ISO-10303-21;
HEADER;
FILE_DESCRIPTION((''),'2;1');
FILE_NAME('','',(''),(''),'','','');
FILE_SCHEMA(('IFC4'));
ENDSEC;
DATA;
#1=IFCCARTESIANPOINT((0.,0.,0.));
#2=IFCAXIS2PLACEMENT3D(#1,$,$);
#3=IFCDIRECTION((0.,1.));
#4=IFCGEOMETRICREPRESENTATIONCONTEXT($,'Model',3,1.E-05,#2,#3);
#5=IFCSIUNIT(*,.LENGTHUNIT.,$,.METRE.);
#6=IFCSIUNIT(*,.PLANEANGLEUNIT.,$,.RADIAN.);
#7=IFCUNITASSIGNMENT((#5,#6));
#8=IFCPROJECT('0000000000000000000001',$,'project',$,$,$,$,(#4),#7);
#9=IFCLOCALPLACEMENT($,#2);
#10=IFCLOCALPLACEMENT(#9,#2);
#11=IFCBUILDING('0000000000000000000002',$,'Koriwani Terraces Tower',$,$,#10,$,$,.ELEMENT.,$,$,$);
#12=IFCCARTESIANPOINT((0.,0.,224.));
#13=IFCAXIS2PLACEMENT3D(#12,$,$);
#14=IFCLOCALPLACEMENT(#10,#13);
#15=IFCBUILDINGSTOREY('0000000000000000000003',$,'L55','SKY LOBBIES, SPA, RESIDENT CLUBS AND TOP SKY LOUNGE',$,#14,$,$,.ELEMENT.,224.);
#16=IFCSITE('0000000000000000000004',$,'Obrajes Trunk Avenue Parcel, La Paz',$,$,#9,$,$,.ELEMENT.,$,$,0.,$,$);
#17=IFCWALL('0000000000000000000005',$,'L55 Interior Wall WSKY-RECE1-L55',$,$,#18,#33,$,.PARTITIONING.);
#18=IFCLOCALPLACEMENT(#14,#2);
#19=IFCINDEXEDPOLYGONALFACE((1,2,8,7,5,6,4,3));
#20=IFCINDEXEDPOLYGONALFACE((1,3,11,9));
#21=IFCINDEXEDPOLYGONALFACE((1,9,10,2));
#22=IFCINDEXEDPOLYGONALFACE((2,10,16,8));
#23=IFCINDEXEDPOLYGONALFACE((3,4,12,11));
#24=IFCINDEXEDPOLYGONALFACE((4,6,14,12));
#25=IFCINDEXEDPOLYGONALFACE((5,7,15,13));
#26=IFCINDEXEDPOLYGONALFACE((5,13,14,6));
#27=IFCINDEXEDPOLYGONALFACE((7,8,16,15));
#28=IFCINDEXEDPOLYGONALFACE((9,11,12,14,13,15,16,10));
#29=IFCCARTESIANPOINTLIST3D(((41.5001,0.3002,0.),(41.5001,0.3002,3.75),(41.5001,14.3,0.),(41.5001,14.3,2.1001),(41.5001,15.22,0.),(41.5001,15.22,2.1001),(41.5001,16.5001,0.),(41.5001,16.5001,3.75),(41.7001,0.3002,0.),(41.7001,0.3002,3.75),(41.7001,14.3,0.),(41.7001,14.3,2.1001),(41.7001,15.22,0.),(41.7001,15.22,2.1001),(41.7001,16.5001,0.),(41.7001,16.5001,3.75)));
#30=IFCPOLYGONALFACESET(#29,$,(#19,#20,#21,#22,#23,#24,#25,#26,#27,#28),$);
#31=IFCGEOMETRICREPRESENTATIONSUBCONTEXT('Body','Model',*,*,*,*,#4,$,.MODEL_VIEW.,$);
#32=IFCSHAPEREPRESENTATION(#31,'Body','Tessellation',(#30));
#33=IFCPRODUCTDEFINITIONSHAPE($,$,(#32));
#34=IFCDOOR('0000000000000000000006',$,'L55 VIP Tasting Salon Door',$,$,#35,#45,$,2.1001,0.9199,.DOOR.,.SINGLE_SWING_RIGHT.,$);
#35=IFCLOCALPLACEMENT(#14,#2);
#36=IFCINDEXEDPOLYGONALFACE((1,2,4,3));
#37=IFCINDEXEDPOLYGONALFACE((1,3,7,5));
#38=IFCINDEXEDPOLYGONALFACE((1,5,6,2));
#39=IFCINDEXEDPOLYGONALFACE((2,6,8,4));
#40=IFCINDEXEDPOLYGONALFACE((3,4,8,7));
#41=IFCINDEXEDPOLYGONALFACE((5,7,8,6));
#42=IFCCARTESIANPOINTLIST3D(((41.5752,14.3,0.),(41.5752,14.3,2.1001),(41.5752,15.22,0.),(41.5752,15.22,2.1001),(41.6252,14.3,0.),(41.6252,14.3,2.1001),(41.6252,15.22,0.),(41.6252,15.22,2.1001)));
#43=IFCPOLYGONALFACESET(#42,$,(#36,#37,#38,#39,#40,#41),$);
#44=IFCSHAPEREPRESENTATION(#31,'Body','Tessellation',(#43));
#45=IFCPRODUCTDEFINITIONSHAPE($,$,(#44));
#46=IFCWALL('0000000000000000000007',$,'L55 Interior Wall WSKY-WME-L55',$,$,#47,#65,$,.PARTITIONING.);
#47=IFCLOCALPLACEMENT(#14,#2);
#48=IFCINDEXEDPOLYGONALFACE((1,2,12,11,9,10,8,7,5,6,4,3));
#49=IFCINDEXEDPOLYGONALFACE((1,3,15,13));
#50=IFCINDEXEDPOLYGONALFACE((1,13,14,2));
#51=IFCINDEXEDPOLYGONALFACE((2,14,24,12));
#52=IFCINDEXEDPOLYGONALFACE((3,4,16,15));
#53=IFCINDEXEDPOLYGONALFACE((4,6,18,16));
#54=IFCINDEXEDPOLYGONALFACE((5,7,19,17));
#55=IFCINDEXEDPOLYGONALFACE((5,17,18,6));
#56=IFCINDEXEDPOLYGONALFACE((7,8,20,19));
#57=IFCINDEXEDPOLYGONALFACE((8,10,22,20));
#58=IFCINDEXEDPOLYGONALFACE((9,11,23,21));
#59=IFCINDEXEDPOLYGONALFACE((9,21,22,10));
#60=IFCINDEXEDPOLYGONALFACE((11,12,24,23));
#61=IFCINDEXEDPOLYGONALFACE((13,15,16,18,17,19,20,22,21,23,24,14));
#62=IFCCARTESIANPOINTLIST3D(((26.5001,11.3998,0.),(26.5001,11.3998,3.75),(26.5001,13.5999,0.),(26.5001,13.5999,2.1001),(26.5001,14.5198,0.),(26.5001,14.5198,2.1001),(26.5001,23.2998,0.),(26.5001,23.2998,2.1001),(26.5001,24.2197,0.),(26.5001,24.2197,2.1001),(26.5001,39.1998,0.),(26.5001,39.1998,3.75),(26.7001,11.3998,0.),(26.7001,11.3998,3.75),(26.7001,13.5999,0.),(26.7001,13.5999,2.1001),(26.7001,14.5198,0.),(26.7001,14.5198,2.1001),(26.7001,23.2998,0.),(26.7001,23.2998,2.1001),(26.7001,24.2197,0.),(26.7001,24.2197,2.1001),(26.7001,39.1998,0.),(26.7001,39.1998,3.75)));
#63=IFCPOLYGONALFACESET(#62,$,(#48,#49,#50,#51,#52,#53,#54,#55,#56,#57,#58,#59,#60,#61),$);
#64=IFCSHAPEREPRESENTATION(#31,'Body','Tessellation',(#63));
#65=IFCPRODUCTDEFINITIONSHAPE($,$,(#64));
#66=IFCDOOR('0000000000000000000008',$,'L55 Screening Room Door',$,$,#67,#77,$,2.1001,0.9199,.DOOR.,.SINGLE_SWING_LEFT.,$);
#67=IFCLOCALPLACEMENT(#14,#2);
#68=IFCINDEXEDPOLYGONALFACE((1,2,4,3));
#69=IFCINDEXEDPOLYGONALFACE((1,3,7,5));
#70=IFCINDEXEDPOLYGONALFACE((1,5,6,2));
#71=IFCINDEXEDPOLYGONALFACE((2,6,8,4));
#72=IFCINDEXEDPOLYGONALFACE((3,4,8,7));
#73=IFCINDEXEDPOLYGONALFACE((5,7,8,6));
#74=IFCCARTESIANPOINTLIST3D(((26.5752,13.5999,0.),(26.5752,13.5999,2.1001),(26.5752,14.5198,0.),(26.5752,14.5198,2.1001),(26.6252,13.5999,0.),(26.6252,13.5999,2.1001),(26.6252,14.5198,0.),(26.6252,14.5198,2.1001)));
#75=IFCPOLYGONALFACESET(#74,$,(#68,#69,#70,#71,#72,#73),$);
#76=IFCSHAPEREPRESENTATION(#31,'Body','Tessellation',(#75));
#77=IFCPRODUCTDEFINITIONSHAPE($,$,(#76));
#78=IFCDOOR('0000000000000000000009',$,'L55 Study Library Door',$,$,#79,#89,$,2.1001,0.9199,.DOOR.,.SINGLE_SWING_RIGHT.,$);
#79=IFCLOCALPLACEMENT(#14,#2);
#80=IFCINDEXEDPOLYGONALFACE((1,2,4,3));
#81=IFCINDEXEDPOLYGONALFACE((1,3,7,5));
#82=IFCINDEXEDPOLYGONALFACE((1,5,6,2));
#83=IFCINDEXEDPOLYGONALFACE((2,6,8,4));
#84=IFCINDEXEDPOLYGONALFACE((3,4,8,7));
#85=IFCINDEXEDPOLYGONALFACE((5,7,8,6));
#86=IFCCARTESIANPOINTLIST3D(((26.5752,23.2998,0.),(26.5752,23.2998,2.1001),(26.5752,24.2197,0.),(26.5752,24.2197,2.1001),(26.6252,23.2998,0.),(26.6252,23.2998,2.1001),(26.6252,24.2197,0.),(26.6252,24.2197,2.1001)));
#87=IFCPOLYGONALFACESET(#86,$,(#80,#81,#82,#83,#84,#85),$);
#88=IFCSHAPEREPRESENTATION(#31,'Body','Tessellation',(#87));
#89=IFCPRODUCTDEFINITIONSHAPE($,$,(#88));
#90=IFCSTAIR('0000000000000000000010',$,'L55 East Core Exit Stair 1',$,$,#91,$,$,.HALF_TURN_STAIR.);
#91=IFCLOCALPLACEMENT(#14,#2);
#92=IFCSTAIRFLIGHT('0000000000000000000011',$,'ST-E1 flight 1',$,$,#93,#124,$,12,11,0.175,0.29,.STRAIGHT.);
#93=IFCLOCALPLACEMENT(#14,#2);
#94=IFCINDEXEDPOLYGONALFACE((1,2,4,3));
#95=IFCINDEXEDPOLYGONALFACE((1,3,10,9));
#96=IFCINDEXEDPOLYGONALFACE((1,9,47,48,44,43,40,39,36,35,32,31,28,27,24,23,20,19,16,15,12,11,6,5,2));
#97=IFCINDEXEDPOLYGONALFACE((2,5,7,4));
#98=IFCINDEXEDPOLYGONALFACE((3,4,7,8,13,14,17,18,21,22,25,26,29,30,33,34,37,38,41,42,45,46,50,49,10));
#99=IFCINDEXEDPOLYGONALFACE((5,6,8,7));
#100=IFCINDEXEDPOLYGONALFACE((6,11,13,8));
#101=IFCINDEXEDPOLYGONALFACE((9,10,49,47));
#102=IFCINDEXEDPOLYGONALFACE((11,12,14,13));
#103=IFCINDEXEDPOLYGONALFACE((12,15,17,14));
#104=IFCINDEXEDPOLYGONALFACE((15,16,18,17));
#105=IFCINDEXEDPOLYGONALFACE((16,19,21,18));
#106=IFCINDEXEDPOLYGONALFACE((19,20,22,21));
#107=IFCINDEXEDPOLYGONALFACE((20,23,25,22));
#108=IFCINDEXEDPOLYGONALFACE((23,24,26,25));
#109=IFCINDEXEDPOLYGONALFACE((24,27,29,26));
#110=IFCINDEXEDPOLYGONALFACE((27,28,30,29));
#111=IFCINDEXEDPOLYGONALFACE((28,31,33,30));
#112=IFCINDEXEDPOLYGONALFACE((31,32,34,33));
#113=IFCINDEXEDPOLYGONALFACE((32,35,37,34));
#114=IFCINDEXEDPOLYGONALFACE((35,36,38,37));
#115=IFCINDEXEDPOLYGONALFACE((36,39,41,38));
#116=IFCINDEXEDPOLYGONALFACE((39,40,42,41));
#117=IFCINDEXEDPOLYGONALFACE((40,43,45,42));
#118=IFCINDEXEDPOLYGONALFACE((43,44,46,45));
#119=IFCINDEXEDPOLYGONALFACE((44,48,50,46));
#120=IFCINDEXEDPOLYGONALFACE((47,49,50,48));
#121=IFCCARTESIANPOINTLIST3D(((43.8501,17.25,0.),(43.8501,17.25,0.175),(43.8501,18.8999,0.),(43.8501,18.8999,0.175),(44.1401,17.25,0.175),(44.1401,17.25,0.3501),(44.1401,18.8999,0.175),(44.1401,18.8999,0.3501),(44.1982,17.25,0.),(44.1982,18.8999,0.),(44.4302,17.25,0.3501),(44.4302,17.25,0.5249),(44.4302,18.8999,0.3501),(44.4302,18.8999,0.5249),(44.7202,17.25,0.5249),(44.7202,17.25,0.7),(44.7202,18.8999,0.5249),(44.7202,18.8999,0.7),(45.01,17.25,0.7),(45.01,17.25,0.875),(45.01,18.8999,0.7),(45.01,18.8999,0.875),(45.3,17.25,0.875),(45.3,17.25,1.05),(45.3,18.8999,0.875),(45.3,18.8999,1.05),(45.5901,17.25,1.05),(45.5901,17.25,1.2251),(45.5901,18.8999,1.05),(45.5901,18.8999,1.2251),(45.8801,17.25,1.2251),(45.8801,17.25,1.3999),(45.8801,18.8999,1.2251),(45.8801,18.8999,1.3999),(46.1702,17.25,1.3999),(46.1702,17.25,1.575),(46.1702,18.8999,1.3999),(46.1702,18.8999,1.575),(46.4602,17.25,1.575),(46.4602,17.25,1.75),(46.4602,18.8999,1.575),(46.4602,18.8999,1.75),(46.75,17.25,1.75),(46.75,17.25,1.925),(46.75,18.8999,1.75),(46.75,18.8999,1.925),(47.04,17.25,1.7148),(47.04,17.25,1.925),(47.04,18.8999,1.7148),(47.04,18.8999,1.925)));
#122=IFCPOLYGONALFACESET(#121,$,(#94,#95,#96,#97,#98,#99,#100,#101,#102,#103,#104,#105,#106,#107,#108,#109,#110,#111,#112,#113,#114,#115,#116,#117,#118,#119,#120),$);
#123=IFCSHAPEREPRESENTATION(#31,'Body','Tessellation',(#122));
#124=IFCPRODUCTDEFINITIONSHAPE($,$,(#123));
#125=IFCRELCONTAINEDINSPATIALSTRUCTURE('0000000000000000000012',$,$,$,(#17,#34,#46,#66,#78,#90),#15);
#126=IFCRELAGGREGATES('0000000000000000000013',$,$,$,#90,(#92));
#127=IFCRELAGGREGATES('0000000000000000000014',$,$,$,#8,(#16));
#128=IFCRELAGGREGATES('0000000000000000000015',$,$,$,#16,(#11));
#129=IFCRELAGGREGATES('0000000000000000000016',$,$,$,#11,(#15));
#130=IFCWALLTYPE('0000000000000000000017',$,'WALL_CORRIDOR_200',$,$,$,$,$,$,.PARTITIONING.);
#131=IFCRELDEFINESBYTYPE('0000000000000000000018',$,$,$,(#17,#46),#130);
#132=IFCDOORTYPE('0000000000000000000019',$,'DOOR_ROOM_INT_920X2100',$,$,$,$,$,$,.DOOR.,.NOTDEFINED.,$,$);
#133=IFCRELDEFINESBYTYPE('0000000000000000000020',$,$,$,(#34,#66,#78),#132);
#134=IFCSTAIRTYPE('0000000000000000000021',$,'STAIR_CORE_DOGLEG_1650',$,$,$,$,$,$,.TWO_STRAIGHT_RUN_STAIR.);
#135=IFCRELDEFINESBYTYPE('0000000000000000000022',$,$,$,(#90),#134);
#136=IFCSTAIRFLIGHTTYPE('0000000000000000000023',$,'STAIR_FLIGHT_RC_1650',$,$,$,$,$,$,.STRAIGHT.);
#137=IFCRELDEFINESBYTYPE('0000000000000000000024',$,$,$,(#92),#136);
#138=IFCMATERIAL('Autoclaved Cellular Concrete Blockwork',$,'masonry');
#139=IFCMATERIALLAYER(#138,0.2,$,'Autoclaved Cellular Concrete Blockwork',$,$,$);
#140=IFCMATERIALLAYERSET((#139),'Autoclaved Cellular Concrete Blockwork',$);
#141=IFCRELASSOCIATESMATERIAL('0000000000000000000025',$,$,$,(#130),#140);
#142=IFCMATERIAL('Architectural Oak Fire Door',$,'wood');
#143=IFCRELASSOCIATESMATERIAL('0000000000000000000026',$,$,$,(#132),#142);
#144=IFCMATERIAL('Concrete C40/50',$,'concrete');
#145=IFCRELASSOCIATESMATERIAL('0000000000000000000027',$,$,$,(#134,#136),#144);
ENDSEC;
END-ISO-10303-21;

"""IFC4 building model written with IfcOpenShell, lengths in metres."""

from ifc_helpers import new_model, si_unit, direction, frame, frame_2d, origin, place, context, subcontext, project, spatial, polyline, rectangle, outline, extrude, material, layer, layer_set, type_object, element, fill, aggregate, save


model = new_model("IFC4")

# Units and contexts
model_context = context("Model", 3, precision=1e-05, world=origin(), true_north=direction((0.0, 1.0)))
body_context = subcontext(model_context, "Body", "Model", "MODEL_VIEW")
ifc_project = project(units=[si_unit("LENGTHUNIT", "METRE"), si_unit("PLANEANGLEUNIT", "RADIAN")], contexts=[model_context])

# Site, building, storey
site_placement = place(None, origin())
site = spatial("IfcSite", under=ifc_project, at=site_placement, Name="Obrajes Trunk Avenue Parcel, La Paz", CompositionType="ELEMENT", RefElevation=0.0)
building_placement = place(site_placement, origin())
building = spatial("IfcBuilding", under=site, at=building_placement, Name="Koriwani Terraces Tower", CompositionType="ELEMENT")
storey_placement = place(building_placement, frame((0.0, 0.0, 224.0)))
storey = spatial("IfcBuildingStorey", under=building, at=storey_placement, Name="L55", Description="SKY LOBBIES, SPA, RESIDENT CLUBS AND TOP SKY LOUNGE", CompositionType="ELEMENT", Elevation=224.0)

# Shared definitions
ifc_material_1 = material(Name="Concrete C40/50", Category="concrete")

# Wall, opening, door
ifc_material_2 = material(Name="Autoclaved Cellular Concrete Blockwork", Category="masonry")
ifc_layer_1 = layer(ifc_material_2, 0.2, Name="Autoclaved Cellular Concrete Blockwork")
ifc_layer_set_1 = layer_set([ifc_layer_1], Name="Autoclaved Cellular Concrete Blockwork")
wall_type_1 = type_object("IfcWallType", Name="WALL_CORRIDOR_200", PredefinedType="PARTITIONING", material=ifc_layer_set_1)
wall_1_placement = place(storey_placement, frame((41.6001, 0.3, 0.0), z_axis=(0.0, 0.0, 1.0), x_axis=(0.0, 1.0, 0.0)))
wall_1 = element("IfcWall", 1, at=wall_1_placement, inside=storey, type_object=wall_type_1, Name="L55 Interior Wall WSKY-RECE1-L55", PredefinedType="PARTITIONING", context=body_context, shape_type="SweptSolid", body=[
    extrude(rectangle(XDim=16.2, YDim=0.2, at=frame_2d((8.1001, 0.0))), origin(), (0.0, 0.0, 1.0), 3.75),
])
opening_1_placement = place(wall_1_placement, frame((14.0, 0.0, 0.0)))
opening_1 = element("IfcOpeningElement", 2, at=opening_1_placement, cuts=wall_1, PredefinedType="OPENING", context=body_context, shape_type="SweptSolid", body=[
    extrude(rectangle(XDim=0.9199, YDim=2.1001, at=frame_2d((0.46, 1.05))), frame((0.0, 0.1099, 0.0), z_axis=(0.0, -1.0, 0.0), x_axis=(1.0, 0.0, 0.0)), (0.0, 0.0, 1.0), 0.22),
])
ifc_material_3 = material(Name="Architectural Oak Fire Door", Category="wood")
door_type_1 = type_object("IfcDoorType", Name="DOOR_ROOM_INT_920X2100", OperationType="NOTDEFINED", PredefinedType="DOOR", material=ifc_material_3)
door_1_placement = place(opening_1_placement, origin())
door_1 = element("IfcDoor", 3, at=door_1_placement, inside=storey, type_object=door_type_1, Name="L55 VIP Tasting Salon Door", OperationType="SINGLE_SWING_RIGHT", OverallHeight=2.1001, OverallWidth=0.9199, PredefinedType="DOOR", context=body_context, shape_type="SweptSolid", body=[
    extrude(rectangle(XDim=0.9199, YDim=2.1001, at=frame_2d((0.46, 1.05))), frame((0.0, 0.0249, 0.0), z_axis=(0.0, -1.0, 0.0), x_axis=(1.0, 0.0, 0.0)), (0.0, 0.0, 1.0), 0.05),
])
fill(opening_1, door_1)

# Wall, openings, doors
wall_2_placement = place(storey_placement, frame((26.6001, 11.3999, 0.0), z_axis=(0.0, 0.0, 1.0), x_axis=(0.0, 1.0, 0.0)))
wall_2 = element("IfcWall", 4, at=wall_2_placement, inside=storey, type_object=wall_type_1, Name="L55 Interior Wall WSKY-WME-L55", PredefinedType="PARTITIONING", context=body_context, shape_type="SweptSolid", body=[
    extrude(rectangle(XDim=27.8, YDim=0.2, at=frame_2d((13.8999, 0.0))), origin(), (0.0, 0.0, 1.0), 3.75),
])
opening_2_placement = place(wall_2_placement, frame((2.2, 0.0, 0.0)))
opening_2 = element("IfcOpeningElement", 5, at=opening_2_placement, cuts=wall_2, PredefinedType="OPENING", context=body_context, shape_type="SweptSolid", body=[
    extrude(rectangle(XDim=0.9199, YDim=2.1001, at=frame_2d((0.46, 1.05))), frame((0.0, 0.1099, 0.0), z_axis=(0.0, -1.0, 0.0), x_axis=(1.0, 0.0, 0.0)), (0.0, 0.0, 1.0), 0.22),
])
opening_3_placement = place(wall_2_placement, frame((11.8999, 0.0, 0.0)))
opening_3 = element("IfcOpeningElement", 6, at=opening_3_placement, cuts=wall_2, PredefinedType="OPENING", context=body_context, shape_type="SweptSolid", body=[
    extrude(rectangle(XDim=0.9199, YDim=2.1001, at=frame_2d((0.46, 1.05))), frame((0.0, 0.1099, 0.0), z_axis=(0.0, -1.0, 0.0), x_axis=(1.0, 0.0, 0.0)), (0.0, 0.0, 1.0), 0.22),
])
door_2_placement = place(opening_2_placement, origin())
door_2 = element("IfcDoor", 7, at=door_2_placement, inside=storey, type_object=door_type_1, Name="L55 Screening Room Door", OperationType="SINGLE_SWING_LEFT", OverallHeight=2.1001, OverallWidth=0.9199, PredefinedType="DOOR", context=body_context, shape_type="SweptSolid", body=[
    extrude(rectangle(XDim=0.9199, YDim=2.1001, at=frame_2d((0.46, 1.05))), frame((0.0, 0.0249, 0.0), z_axis=(0.0, -1.0, 0.0), x_axis=(1.0, 0.0, 0.0)), (0.0, 0.0, 1.0), 0.05),
])
fill(opening_2, door_2)
door_3_placement = place(opening_3_placement, origin())
door_3 = element("IfcDoor", 8, at=door_3_placement, inside=storey, type_object=door_type_1, Name="L55 Study Library Door", OperationType="SINGLE_SWING_RIGHT", OverallHeight=2.1001, OverallWidth=0.9199, PredefinedType="DOOR", context=body_context, shape_type="SweptSolid", body=[
    extrude(rectangle(XDim=0.9199, YDim=2.1001, at=frame_2d((0.46, 1.05))), frame((0.0, 0.0249, 0.0), z_axis=(0.0, -1.0, 0.0), x_axis=(1.0, 0.0, 0.0)), (0.0, 0.0, 1.0), 0.05),
])
fill(opening_3, door_3)

# Stair, stair flight
stair_type = type_object("IfcStairType", Name="STAIR_CORE_DOGLEG_1650", PredefinedType="TWO_STRAIGHT_RUN_STAIR", material=ifc_material_1)
stair_placement = place(storey_placement, origin())
stair = element("IfcStair", 9, at=stair_placement, inside=storey, type_object=stair_type, Name="L55 East Core Exit Stair 1", PredefinedType="HALF_TURN_STAIR")
stair_flight_type = type_object("IfcStairFlightType", Name="STAIR_FLIGHT_RC_1650", PredefinedType="STRAIGHT", material=ifc_material_1)
stair_flight_placement = place(storey_placement, frame((43.8501, 18.075, 0.0), z_axis=(0.0, 0.0, 1.0), x_axis=(1.0, 0.0, 0.0)))
stair_flight = element("IfcStairFlight", 10, at=stair_flight_placement, type_object=stair_flight_type, Name="ST-E1 flight 1", NumberOfRisers=12, NumberOfTreads=11, PredefinedType="STRAIGHT", RiserHeight=0.175, TreadLength=0.29, context=body_context, shape_type="SweptSolid", body=[
    extrude(outline(polyline([(0.0, 0.0), (0.0, 0.175), (0.29, 0.175), (0.29, 0.3501), (0.5801, 0.3501), (0.5801, 0.5249), (0.8701, 0.5249), (0.8701, 0.7), (1.1599, 0.7), (1.1599, 0.875), (1.45, 0.875), (1.45, 1.05), (1.74, 1.05), (1.74, 1.2251), (2.03, 1.2251), (2.03, 1.3999), (2.3201, 1.3999), (2.3201, 1.575), (2.6101, 1.575), (2.6101, 1.75), (2.8999, 1.75), (2.8999, 1.925), (3.1899, 1.925), (3.1899, 2.1001), (3.1899, 1.7148), (0.3481, 0.0), (0.0, 0.0)])), frame((0.0, 0.825, 0.0), z_axis=(0.0, -1.0, 0.0), x_axis=(1.0, 0.0, 0.0)), (0.0, 0.0, 1.0), 1.6499),
])
aggregate(stair, [stair_flight])

save(model, "model.ifc")
